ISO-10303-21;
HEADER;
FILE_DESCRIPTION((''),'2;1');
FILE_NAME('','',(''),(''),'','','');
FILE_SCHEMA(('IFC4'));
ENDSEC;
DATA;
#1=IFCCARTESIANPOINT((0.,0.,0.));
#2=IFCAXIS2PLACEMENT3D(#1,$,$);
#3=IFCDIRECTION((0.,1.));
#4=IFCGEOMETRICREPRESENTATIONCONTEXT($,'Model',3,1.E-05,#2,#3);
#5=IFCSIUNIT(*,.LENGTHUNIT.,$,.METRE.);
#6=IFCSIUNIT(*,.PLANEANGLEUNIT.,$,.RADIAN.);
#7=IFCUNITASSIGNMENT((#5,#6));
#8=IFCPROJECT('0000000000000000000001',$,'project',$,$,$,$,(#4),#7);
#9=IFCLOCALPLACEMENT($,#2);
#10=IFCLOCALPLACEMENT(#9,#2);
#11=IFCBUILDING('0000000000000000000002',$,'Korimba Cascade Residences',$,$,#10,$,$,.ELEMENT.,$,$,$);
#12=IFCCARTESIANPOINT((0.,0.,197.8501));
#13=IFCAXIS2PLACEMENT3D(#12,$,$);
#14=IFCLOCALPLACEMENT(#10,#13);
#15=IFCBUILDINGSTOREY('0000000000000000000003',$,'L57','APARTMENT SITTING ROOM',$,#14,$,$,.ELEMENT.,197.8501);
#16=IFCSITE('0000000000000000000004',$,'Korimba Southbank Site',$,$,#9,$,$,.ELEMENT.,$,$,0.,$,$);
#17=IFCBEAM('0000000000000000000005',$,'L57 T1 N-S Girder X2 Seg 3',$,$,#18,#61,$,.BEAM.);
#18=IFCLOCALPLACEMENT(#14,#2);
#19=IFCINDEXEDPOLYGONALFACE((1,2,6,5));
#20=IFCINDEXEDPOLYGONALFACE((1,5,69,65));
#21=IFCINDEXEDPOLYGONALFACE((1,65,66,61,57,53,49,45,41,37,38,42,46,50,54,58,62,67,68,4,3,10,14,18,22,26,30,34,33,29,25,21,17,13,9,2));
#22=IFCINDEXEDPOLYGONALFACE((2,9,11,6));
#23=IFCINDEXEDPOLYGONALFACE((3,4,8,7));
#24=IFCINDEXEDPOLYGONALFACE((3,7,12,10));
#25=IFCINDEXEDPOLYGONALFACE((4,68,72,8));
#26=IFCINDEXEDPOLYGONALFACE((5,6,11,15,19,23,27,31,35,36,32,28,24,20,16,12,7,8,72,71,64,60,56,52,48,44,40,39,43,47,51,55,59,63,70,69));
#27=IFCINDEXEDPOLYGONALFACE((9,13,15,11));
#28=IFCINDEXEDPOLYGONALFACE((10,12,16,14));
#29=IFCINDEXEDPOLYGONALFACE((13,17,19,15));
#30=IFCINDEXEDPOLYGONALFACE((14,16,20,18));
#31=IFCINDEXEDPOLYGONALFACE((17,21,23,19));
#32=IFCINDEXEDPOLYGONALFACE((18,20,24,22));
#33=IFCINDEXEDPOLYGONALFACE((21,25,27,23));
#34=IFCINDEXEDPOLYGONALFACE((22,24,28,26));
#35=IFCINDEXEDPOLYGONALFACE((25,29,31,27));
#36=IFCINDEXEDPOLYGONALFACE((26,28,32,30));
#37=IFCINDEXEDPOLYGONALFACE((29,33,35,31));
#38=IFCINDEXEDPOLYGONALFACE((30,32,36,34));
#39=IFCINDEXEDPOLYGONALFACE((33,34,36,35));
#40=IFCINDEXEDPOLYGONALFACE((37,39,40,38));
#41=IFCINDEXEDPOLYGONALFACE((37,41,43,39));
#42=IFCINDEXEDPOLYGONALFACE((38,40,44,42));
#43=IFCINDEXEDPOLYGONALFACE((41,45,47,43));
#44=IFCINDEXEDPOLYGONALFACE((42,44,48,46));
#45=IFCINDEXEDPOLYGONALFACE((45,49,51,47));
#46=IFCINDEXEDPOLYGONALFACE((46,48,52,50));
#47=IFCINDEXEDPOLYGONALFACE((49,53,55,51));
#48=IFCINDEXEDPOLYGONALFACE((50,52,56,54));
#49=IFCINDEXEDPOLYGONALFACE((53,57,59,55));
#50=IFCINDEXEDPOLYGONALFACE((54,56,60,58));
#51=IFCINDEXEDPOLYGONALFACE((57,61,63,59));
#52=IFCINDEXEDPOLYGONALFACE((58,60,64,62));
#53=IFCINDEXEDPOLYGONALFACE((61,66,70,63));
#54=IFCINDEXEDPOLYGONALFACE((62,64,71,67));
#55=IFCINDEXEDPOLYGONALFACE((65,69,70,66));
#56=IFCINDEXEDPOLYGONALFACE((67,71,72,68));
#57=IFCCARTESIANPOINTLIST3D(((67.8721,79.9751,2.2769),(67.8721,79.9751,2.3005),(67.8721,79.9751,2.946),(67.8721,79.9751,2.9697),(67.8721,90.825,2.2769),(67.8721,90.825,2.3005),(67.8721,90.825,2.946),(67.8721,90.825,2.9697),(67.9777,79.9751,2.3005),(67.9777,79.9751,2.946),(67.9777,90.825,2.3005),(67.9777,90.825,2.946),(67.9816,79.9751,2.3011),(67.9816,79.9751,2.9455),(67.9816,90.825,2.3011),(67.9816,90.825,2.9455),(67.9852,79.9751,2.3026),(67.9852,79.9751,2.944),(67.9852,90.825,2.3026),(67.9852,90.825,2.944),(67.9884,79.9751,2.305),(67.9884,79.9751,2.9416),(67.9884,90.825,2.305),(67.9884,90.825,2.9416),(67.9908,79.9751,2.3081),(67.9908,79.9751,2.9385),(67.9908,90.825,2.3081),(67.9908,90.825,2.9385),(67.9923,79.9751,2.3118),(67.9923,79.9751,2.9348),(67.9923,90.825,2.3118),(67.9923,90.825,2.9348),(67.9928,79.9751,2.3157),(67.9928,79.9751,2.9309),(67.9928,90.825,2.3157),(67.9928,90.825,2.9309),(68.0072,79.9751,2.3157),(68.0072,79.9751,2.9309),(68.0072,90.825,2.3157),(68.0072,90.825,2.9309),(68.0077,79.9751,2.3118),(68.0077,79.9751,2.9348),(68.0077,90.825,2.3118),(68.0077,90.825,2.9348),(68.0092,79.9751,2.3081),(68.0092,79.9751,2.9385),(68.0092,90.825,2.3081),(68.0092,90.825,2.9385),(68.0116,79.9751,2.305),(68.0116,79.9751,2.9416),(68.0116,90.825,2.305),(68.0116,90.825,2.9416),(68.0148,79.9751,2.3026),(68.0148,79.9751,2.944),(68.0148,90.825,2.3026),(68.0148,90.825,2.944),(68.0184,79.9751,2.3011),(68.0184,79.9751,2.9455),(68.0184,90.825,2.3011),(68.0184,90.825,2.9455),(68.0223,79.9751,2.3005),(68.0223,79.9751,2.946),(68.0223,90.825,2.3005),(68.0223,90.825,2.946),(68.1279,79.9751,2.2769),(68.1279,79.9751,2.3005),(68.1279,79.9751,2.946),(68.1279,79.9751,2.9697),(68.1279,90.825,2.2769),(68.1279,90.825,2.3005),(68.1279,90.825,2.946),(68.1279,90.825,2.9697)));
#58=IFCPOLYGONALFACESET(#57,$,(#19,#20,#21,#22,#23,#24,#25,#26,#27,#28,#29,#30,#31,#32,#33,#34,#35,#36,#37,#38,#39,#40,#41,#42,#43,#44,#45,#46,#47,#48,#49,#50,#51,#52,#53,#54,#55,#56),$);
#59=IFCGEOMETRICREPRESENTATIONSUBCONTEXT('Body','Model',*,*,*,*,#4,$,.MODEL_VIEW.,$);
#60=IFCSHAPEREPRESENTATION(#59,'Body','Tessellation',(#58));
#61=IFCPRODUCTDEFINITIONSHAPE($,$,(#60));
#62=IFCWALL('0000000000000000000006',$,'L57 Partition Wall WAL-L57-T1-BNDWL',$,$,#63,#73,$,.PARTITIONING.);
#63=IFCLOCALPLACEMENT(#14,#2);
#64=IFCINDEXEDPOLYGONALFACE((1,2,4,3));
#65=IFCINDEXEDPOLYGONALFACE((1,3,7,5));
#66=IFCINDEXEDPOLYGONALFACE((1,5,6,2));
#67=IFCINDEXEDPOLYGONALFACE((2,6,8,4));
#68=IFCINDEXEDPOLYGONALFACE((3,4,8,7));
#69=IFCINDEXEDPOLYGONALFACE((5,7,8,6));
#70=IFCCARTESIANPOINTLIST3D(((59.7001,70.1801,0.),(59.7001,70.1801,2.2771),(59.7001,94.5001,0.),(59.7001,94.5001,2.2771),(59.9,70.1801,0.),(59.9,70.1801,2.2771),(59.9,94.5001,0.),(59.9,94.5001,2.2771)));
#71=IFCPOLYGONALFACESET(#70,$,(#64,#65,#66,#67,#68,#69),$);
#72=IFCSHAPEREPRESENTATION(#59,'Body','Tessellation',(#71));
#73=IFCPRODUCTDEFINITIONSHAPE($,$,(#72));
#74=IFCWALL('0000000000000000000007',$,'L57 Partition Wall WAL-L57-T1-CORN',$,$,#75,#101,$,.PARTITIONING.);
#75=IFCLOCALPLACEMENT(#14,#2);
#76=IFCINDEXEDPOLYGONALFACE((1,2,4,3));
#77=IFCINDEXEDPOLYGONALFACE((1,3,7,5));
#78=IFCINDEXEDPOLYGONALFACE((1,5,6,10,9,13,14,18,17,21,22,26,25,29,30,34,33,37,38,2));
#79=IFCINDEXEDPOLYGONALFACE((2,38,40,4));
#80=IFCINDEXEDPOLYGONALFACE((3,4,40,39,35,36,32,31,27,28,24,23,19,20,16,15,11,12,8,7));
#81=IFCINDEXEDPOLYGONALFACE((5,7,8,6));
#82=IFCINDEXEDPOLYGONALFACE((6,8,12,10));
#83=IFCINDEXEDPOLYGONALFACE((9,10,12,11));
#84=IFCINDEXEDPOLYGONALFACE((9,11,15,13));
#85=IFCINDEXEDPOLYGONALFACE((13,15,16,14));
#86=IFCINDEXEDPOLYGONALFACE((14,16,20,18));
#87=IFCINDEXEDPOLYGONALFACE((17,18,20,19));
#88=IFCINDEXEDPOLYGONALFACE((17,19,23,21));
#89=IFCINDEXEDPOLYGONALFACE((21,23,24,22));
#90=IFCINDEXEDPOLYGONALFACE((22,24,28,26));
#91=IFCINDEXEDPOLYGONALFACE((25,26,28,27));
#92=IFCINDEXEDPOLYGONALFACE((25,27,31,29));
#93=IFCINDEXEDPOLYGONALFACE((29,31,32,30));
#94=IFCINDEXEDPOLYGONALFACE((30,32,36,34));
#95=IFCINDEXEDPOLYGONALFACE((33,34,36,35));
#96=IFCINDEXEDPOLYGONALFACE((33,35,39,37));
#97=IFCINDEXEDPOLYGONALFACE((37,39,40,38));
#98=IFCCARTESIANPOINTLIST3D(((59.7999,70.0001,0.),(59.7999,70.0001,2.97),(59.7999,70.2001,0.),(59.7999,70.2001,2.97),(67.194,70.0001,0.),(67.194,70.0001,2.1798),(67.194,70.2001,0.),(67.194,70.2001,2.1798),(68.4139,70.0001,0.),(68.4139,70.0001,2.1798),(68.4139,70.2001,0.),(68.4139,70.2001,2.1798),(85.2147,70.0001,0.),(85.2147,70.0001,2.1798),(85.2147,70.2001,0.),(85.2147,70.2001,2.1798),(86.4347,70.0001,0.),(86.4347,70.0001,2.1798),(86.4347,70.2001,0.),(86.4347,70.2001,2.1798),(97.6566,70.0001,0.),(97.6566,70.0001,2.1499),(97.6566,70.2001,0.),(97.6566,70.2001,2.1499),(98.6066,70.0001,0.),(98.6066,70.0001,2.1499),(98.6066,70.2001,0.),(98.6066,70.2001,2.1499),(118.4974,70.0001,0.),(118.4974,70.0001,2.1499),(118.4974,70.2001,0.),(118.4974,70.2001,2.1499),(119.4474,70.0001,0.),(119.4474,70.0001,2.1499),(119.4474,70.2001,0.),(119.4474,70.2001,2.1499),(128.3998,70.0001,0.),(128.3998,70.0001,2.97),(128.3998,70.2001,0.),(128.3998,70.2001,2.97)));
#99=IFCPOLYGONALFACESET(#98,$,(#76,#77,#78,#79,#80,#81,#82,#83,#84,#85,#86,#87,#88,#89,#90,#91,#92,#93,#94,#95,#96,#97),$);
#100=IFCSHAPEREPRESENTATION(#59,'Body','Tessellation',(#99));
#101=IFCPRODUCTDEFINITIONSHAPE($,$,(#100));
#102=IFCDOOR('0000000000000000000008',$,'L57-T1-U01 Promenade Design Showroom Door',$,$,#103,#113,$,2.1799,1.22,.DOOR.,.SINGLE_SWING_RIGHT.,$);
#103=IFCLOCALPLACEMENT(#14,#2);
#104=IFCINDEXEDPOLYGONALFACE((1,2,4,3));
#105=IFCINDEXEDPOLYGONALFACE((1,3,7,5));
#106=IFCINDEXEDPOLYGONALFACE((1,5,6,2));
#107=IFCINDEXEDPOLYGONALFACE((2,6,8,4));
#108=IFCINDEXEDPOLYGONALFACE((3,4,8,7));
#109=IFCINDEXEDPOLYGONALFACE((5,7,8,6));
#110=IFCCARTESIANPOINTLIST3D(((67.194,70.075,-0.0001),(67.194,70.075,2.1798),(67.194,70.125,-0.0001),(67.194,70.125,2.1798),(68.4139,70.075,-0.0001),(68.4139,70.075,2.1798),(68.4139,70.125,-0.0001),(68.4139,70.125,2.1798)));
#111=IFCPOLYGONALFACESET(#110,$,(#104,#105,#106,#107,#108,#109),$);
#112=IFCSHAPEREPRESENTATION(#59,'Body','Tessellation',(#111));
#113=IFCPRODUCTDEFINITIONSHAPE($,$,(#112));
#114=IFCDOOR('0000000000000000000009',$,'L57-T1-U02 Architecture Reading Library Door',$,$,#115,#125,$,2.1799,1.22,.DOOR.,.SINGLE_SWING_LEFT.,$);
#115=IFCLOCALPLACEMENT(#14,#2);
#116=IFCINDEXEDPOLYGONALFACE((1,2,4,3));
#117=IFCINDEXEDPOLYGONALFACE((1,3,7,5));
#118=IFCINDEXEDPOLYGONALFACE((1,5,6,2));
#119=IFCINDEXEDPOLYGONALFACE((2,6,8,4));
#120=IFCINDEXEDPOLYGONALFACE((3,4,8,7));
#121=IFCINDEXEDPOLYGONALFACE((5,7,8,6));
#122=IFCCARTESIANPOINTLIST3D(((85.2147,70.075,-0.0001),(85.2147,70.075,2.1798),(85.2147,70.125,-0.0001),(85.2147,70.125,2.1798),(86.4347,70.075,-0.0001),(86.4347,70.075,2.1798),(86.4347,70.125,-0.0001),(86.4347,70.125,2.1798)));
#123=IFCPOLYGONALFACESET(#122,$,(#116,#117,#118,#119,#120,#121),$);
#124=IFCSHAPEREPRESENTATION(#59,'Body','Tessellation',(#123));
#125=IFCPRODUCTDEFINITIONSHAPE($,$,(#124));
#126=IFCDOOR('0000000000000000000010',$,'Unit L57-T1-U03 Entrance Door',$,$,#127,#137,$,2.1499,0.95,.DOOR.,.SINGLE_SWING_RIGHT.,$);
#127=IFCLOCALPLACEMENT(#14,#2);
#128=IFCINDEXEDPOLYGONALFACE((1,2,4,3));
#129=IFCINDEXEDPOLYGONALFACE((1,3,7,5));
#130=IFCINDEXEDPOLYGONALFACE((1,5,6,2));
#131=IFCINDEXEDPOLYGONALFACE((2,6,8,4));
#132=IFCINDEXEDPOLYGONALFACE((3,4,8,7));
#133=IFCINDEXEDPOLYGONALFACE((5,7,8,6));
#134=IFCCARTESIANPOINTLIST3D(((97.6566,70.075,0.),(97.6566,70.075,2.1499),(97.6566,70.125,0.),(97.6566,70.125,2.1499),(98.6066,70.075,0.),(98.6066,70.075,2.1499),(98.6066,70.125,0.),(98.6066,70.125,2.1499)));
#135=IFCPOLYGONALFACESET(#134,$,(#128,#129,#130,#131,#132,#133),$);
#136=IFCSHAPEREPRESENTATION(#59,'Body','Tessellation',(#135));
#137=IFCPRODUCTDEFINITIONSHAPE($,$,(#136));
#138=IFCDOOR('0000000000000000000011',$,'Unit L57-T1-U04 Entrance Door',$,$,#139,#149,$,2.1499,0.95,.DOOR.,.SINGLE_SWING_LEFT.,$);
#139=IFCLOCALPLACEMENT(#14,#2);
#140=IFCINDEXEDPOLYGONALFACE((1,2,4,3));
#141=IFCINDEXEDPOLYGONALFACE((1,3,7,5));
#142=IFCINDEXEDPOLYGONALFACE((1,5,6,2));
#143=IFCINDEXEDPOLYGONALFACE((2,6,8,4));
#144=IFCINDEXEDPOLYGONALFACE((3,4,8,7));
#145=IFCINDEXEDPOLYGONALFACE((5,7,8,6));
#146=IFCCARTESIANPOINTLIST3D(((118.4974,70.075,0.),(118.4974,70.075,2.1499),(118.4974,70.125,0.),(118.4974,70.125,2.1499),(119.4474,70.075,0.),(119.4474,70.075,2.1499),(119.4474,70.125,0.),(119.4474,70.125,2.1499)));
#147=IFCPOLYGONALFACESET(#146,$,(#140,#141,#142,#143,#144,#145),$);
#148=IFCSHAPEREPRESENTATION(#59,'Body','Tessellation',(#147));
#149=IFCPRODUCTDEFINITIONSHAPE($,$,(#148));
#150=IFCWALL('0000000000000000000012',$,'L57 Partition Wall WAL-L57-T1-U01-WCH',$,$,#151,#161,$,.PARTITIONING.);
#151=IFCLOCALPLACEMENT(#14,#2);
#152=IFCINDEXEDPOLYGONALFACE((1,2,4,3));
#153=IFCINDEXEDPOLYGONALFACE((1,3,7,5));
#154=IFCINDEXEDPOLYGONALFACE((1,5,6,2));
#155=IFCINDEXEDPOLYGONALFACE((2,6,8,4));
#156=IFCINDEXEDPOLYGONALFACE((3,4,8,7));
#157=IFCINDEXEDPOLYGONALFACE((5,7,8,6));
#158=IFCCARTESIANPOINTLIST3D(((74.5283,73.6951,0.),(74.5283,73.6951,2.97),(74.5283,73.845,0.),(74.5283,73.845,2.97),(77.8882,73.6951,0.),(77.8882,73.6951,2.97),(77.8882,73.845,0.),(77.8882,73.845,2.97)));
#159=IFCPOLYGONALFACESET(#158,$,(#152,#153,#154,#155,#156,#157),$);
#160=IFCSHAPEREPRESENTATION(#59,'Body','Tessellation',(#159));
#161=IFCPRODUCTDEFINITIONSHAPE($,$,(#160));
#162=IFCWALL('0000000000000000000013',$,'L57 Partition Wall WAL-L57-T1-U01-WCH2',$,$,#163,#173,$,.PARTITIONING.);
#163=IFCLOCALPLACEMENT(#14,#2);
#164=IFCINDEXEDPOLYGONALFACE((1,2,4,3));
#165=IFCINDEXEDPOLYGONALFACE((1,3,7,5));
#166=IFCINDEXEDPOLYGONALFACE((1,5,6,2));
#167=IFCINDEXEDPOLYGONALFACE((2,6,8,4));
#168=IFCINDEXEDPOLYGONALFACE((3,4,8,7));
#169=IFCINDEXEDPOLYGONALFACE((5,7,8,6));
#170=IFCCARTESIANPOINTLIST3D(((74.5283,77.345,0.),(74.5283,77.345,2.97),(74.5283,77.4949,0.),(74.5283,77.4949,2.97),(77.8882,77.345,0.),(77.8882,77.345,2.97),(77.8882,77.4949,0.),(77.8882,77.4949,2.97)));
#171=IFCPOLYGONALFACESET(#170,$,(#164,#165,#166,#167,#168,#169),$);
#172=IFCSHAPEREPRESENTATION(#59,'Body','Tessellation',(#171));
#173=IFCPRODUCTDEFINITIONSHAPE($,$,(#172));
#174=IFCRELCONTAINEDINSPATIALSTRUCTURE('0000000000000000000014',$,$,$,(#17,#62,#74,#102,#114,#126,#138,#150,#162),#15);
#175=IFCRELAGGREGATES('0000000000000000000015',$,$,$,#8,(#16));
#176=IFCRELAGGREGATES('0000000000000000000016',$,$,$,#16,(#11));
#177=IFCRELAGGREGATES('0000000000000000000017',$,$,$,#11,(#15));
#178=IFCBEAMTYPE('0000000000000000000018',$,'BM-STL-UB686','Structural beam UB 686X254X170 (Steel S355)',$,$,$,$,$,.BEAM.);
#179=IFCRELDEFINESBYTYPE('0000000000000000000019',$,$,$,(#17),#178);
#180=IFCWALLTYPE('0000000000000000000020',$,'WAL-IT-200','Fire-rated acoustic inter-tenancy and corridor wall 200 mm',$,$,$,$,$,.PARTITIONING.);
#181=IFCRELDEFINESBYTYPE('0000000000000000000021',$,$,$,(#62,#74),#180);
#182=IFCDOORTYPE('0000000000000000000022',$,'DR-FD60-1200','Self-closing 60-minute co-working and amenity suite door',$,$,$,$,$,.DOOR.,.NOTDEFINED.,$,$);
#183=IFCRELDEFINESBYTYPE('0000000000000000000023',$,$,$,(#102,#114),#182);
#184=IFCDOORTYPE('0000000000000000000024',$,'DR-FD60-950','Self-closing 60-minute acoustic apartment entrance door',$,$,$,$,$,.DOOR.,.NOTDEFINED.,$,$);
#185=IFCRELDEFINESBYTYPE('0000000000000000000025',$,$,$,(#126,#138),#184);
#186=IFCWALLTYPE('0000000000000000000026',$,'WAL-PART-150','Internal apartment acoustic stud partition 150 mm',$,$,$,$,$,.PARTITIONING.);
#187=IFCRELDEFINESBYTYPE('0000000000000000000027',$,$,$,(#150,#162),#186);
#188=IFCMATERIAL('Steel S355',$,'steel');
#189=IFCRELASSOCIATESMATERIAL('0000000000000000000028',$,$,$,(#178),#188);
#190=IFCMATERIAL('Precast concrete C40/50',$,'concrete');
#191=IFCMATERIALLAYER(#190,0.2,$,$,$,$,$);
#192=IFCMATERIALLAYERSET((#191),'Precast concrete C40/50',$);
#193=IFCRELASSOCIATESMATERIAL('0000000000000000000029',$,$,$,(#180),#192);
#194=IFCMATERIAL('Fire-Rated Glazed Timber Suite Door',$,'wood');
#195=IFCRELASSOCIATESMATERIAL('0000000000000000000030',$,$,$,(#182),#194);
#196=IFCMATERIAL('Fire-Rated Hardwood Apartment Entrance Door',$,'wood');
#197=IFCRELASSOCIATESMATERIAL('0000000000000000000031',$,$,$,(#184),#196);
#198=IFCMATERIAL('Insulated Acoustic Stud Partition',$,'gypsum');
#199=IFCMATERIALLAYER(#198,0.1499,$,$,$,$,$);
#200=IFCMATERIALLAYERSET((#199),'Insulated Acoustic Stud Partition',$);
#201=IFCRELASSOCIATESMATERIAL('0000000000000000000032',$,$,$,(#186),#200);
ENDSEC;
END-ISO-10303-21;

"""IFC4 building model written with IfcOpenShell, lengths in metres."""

from ifc_helpers import new_model, si_unit, direction, frame, frame_2d, origin, origin_2d, place, context, subcontext, project, spatial, rectangle, i_section, extrude, material, layer, layer_set, material_profile, profile_set, type_object, element, fill, save


model = new_model("IFC4")

# Units and contexts
model_context = context("Model", 3, precision=1e-05, world=origin(), true_north=direction((0.0, 1.0)))
body_context = subcontext(model_context, "Body", "Model", "MODEL_VIEW")
ifc_project = project(units=[si_unit("LENGTHUNIT", "METRE"), si_unit("PLANEANGLEUNIT", "RADIAN")], contexts=[model_context])

# Site, building, storey
site_placement = place(None, origin())
site = spatial("IfcSite", under=ifc_project, at=site_placement, Name="Korimba Southbank Site", CompositionType="ELEMENT", RefElevation=0.0)
building_placement = place(site_placement, origin())
building = spatial("IfcBuilding", under=site, at=building_placement, Name="Korimba Cascade Residences", CompositionType="ELEMENT")
storey_placement = place(building_placement, frame((0.0, 0.0, 197.8501)))
storey = spatial("IfcBuildingStorey", under=building, at=storey_placement, Name="L57", Description="APARTMENT SITTING ROOM", CompositionType="ELEMENT", Elevation=197.8501)

# Beam
ifc_material_1 = material(Name="Steel S355", Category="steel")
ifc_material_profile_1 = material_profile(ifc_material_1, i_section(OverallWidth=0.2559, OverallDepth=0.6929, WebThickness=0.0144, FlangeThickness=0.0237, FilletRadius=0.0151, at=origin_2d()), Name="Steel S355")
ifc_profile_set_1 = profile_set([ifc_material_profile_1], Name="Steel S355")
beam_type_1 = type_object("IfcBeamType", Name="BM-STL-UB686", Description="Structural beam UB 686X254X170 (Steel S355)", PredefinedType="BEAM", material=ifc_profile_set_1)
beam_1_placement = place(storey_placement, frame((68.0, 79.9751, 2.6233), z_axis=(0.0, 1.0, 0.0), x_axis=(-1.0, 0.0, 0.0)))
element("IfcBeam", 1, at=beam_1_placement, inside=storey, type_object=beam_type_1, Name="L57 T1 N-S Girder X2 Seg 3", PredefinedType="BEAM", context=body_context, shape_type="SweptSolid", body=[
    extrude(i_section(OverallWidth=0.2559, OverallDepth=0.6929, WebThickness=0.0144, FlangeThickness=0.0237, FilletRadius=0.0151, at=origin_2d()), origin(), (0.0, 0.0, 1.0), 10.8499),
])

# Wall
ifc_material_2 = material(Name="Precast concrete C40/50", Category="concrete")
ifc_layer_1 = layer(ifc_material_2, 0.2)
ifc_layer_set_1 = layer_set([ifc_layer_1], Name="Precast concrete C40/50")
wall_type_1 = type_object("IfcWallType", Name="WAL-IT-200", Description="Fire-rated acoustic inter-tenancy and corridor wall 200 mm", PredefinedType="PARTITIONING", material=ifc_layer_set_1)
wall_1_placement = place(storey_placement, frame((59.8, 70.1799, 0.0), z_axis=(0.0, 0.0, 1.0), x_axis=(0.0, 1.0, 0.0)))
element("IfcWall", 2, at=wall_1_placement, inside=storey, type_object=wall_type_1, Name="L57 Partition Wall WAL-L57-T1-BNDWL", PredefinedType="PARTITIONING", context=body_context, shape_type="SweptSolid", body=[
    extrude(rectangle(XDim=24.3201, YDim=0.2, at=frame_2d((12.1602, 0.0))), origin(), (0.0, 0.0, 1.0), 2.2771),
])

# Wall, openings, doors
wall_2_placement = place(storey_placement, frame((59.8, 70.1001, 0.0), z_axis=(0.0, 0.0, 1.0), x_axis=(1.0, 0.0, 0.0)))
wall_2 = element("IfcWall", 3, at=wall_2_placement, inside=storey, type_object=wall_type_1, Name="L57 Partition Wall WAL-L57-T1-CORN", PredefinedType="PARTITIONING", context=body_context, shape_type="SweptSolid", body=[
    extrude(rectangle(XDim=68.5999, YDim=0.2, at=frame_2d((34.2998, 0.0))), origin(), (0.0, 0.0, 1.0), 2.97),
])
opening_1_placement = place(wall_2_placement, frame((7.394, 0.0, 0.0)))
opening_1 = element("IfcOpeningElement", 4, at=opening_1_placement, cuts=wall_2, PredefinedType="OPENING", context=body_context, shape_type="SweptSolid", body=[
    extrude(rectangle(XDim=1.22, YDim=2.1799, at=frame_2d((0.6099, 1.0898))), frame((0.0, 0.1099, 0.0), z_axis=(0.0, -1.0, 0.0), x_axis=(1.0, 0.0, 0.0)), (0.0, 0.0, 1.0), 0.22),
])
opening_2_placement = place(wall_2_placement, frame((25.4148, 0.0, 0.0)))
opening_2 = element("IfcOpeningElement", 5, at=opening_2_placement, cuts=wall_2, PredefinedType="OPENING", context=body_context, shape_type="SweptSolid", body=[
    extrude(rectangle(XDim=1.22, YDim=2.1799, at=frame_2d((0.6099, 1.0898))), frame((0.0, 0.1099, 0.0), z_axis=(0.0, -1.0, 0.0), x_axis=(1.0, 0.0, 0.0)), (0.0, 0.0, 1.0), 0.22),
])
opening_3_placement = place(wall_2_placement, frame((37.8564, 0.0, 0.0)))
opening_3 = element("IfcOpeningElement", 6, at=opening_3_placement, cuts=wall_2, PredefinedType="OPENING", context=body_context, shape_type="SweptSolid", body=[
    extrude(rectangle(XDim=0.95, YDim=2.1499, at=frame_2d((0.4751, 1.075))), frame((0.0, 0.1099, 0.0), z_axis=(0.0, -1.0, 0.0), x_axis=(1.0, 0.0, 0.0)), (0.0, 0.0, 1.0), 0.22),
])
opening_4_placement = place(wall_2_placement, frame((58.6973, 0.0, 0.0)))
opening_4 = element("IfcOpeningElement", 7, at=opening_4_placement, cuts=wall_2, PredefinedType="OPENING", context=body_context, shape_type="SweptSolid", body=[
    extrude(rectangle(XDim=0.95, YDim=2.1499, at=frame_2d((0.4751, 1.075))), frame((0.0, 0.1099, 0.0), z_axis=(0.0, -1.0, 0.0), x_axis=(1.0, 0.0, 0.0)), (0.0, 0.0, 1.0), 0.22),
])
ifc_material_3 = material(Name="Fire-Rated Glazed Timber Suite Door", Category="wood")
door_type_1 = type_object("IfcDoorType", Name="DR-FD60-1200", Description="Self-closing 60-minute co-working and amenity suite door", OperationType="NOTDEFINED", PredefinedType="DOOR", material=ifc_material_3)
door_1_placement = place(opening_1_placement, origin())
door_1 = element("IfcDoor", 8, at=door_1_placement, inside=storey, type_object=door_type_1, Name="L57-T1-U01 Promenade Design Showroom Door", OperationType="SINGLE_SWING_RIGHT", OverallHeight=2.1799, OverallWidth=1.22, PredefinedType="DOOR", context=body_context, shape_type="SweptSolid", body=[
    extrude(rectangle(XDim=1.22, YDim=2.1799, at=frame_2d((0.6099, 1.0898))), frame((0.0, 0.0249, 0.0), z_axis=(0.0, -1.0, 0.0), x_axis=(1.0, 0.0, 0.0)), (0.0, 0.0, 1.0), 0.05),
])
fill(opening_1, door_1)
door_2_placement = place(opening_2_placement, origin())
door_2 = element("IfcDoor", 9, at=door_2_placement, inside=storey, type_object=door_type_1, Name="L57-T1-U02 Architecture Reading Library Door", OperationType="SINGLE_SWING_LEFT", OverallHeight=2.1799, OverallWidth=1.22, PredefinedType="DOOR", context=body_context, shape_type="SweptSolid", body=[
    extrude(rectangle(XDim=1.22, YDim=2.1799, at=frame_2d((0.6099, 1.0898))), frame((0.0, 0.0249, 0.0), z_axis=(0.0, -1.0, 0.0), x_axis=(1.0, 0.0, 0.0)), (0.0, 0.0, 1.0), 0.05),
])
fill(opening_2, door_2)
ifc_material_4 = material(Name="Fire-Rated Hardwood Apartment Entrance Door", Category="wood")
door_type_2 = type_object("IfcDoorType", Name="DR-FD60-950", Description="Self-closing 60-minute acoustic apartment entrance door", OperationType="NOTDEFINED", PredefinedType="DOOR", material=ifc_material_4)
door_3_placement = place(opening_3_placement, origin())
door_3 = element("IfcDoor", 10, at=door_3_placement, inside=storey, type_object=door_type_2, Name="Unit L57-T1-U03 Entrance Door", OperationType="SINGLE_SWING_RIGHT", OverallHeight=2.1499, OverallWidth=0.95, PredefinedType="DOOR", context=body_context, shape_type="SweptSolid", body=[
    extrude(rectangle(XDim=0.95, YDim=2.1499, at=frame_2d((0.4751, 1.075))), frame((0.0, 0.0249, 0.0), z_axis=(0.0, -1.0, 0.0), x_axis=(1.0, 0.0, 0.0)), (0.0, 0.0, 1.0), 0.05),
])
fill(opening_3, door_3)
door_4_placement = place(opening_4_placement, origin())
door_4 = element("IfcDoor", 11, at=door_4_placement, inside=storey, type_object=door_type_2, Name="Unit L57-T1-U04 Entrance Door", OperationType="SINGLE_SWING_LEFT", OverallHeight=2.1499, OverallWidth=0.95, PredefinedType="DOOR", context=body_context, shape_type="SweptSolid", body=[
    extrude(rectangle(XDim=0.95, YDim=2.1499, at=frame_2d((0.4751, 1.075))), frame((0.0, 0.0249, 0.0), z_axis=(0.0, -1.0, 0.0), x_axis=(1.0, 0.0, 0.0)), (0.0, 0.0, 1.0), 0.05),
])
fill(opening_4, door_4)

# Walls
ifc_material_5 = material(Name="Insulated Acoustic Stud Partition", Category="gypsum")
ifc_layer_2 = layer(ifc_material_5, 0.1499)
ifc_layer_set_2 = layer_set([ifc_layer_2], Name="Insulated Acoustic Stud Partition")
wall_type_2 = type_object("IfcWallType", Name="WAL-PART-150", Description="Internal apartment acoustic stud partition 150 mm", PredefinedType="PARTITIONING", material=ifc_layer_set_2)
for number, where, z_axis, x_axis, name in (
    (12, (74.5283, 73.77, 0.0), (0.0, 0.0, 1.0), (1.0, 0.0, 0.0), "L57 Partition Wall WAL-L57-T1-U01-WCH"),
    (13, (74.5283, 77.4199, 0.0), (0.0, 0.0, 1.0), (1.0, 0.0, 0.0), "L57 Partition Wall WAL-L57-T1-U01-WCH2"),
):
    element("IfcWall", number, at=place(storey_placement, frame(where, z_axis=z_axis, x_axis=x_axis)), inside=storey, type_object=wall_type_2, Name=name, PredefinedType="PARTITIONING", context=body_context, shape_type="SweptSolid", body=[
        extrude(rectangle(XDim=3.3599, YDim=0.1499, at=frame_2d((1.6799, 0.0))), origin(), (0.0, 0.0, 1.0), 2.97),
    ])

save(model, "model.ifc")
